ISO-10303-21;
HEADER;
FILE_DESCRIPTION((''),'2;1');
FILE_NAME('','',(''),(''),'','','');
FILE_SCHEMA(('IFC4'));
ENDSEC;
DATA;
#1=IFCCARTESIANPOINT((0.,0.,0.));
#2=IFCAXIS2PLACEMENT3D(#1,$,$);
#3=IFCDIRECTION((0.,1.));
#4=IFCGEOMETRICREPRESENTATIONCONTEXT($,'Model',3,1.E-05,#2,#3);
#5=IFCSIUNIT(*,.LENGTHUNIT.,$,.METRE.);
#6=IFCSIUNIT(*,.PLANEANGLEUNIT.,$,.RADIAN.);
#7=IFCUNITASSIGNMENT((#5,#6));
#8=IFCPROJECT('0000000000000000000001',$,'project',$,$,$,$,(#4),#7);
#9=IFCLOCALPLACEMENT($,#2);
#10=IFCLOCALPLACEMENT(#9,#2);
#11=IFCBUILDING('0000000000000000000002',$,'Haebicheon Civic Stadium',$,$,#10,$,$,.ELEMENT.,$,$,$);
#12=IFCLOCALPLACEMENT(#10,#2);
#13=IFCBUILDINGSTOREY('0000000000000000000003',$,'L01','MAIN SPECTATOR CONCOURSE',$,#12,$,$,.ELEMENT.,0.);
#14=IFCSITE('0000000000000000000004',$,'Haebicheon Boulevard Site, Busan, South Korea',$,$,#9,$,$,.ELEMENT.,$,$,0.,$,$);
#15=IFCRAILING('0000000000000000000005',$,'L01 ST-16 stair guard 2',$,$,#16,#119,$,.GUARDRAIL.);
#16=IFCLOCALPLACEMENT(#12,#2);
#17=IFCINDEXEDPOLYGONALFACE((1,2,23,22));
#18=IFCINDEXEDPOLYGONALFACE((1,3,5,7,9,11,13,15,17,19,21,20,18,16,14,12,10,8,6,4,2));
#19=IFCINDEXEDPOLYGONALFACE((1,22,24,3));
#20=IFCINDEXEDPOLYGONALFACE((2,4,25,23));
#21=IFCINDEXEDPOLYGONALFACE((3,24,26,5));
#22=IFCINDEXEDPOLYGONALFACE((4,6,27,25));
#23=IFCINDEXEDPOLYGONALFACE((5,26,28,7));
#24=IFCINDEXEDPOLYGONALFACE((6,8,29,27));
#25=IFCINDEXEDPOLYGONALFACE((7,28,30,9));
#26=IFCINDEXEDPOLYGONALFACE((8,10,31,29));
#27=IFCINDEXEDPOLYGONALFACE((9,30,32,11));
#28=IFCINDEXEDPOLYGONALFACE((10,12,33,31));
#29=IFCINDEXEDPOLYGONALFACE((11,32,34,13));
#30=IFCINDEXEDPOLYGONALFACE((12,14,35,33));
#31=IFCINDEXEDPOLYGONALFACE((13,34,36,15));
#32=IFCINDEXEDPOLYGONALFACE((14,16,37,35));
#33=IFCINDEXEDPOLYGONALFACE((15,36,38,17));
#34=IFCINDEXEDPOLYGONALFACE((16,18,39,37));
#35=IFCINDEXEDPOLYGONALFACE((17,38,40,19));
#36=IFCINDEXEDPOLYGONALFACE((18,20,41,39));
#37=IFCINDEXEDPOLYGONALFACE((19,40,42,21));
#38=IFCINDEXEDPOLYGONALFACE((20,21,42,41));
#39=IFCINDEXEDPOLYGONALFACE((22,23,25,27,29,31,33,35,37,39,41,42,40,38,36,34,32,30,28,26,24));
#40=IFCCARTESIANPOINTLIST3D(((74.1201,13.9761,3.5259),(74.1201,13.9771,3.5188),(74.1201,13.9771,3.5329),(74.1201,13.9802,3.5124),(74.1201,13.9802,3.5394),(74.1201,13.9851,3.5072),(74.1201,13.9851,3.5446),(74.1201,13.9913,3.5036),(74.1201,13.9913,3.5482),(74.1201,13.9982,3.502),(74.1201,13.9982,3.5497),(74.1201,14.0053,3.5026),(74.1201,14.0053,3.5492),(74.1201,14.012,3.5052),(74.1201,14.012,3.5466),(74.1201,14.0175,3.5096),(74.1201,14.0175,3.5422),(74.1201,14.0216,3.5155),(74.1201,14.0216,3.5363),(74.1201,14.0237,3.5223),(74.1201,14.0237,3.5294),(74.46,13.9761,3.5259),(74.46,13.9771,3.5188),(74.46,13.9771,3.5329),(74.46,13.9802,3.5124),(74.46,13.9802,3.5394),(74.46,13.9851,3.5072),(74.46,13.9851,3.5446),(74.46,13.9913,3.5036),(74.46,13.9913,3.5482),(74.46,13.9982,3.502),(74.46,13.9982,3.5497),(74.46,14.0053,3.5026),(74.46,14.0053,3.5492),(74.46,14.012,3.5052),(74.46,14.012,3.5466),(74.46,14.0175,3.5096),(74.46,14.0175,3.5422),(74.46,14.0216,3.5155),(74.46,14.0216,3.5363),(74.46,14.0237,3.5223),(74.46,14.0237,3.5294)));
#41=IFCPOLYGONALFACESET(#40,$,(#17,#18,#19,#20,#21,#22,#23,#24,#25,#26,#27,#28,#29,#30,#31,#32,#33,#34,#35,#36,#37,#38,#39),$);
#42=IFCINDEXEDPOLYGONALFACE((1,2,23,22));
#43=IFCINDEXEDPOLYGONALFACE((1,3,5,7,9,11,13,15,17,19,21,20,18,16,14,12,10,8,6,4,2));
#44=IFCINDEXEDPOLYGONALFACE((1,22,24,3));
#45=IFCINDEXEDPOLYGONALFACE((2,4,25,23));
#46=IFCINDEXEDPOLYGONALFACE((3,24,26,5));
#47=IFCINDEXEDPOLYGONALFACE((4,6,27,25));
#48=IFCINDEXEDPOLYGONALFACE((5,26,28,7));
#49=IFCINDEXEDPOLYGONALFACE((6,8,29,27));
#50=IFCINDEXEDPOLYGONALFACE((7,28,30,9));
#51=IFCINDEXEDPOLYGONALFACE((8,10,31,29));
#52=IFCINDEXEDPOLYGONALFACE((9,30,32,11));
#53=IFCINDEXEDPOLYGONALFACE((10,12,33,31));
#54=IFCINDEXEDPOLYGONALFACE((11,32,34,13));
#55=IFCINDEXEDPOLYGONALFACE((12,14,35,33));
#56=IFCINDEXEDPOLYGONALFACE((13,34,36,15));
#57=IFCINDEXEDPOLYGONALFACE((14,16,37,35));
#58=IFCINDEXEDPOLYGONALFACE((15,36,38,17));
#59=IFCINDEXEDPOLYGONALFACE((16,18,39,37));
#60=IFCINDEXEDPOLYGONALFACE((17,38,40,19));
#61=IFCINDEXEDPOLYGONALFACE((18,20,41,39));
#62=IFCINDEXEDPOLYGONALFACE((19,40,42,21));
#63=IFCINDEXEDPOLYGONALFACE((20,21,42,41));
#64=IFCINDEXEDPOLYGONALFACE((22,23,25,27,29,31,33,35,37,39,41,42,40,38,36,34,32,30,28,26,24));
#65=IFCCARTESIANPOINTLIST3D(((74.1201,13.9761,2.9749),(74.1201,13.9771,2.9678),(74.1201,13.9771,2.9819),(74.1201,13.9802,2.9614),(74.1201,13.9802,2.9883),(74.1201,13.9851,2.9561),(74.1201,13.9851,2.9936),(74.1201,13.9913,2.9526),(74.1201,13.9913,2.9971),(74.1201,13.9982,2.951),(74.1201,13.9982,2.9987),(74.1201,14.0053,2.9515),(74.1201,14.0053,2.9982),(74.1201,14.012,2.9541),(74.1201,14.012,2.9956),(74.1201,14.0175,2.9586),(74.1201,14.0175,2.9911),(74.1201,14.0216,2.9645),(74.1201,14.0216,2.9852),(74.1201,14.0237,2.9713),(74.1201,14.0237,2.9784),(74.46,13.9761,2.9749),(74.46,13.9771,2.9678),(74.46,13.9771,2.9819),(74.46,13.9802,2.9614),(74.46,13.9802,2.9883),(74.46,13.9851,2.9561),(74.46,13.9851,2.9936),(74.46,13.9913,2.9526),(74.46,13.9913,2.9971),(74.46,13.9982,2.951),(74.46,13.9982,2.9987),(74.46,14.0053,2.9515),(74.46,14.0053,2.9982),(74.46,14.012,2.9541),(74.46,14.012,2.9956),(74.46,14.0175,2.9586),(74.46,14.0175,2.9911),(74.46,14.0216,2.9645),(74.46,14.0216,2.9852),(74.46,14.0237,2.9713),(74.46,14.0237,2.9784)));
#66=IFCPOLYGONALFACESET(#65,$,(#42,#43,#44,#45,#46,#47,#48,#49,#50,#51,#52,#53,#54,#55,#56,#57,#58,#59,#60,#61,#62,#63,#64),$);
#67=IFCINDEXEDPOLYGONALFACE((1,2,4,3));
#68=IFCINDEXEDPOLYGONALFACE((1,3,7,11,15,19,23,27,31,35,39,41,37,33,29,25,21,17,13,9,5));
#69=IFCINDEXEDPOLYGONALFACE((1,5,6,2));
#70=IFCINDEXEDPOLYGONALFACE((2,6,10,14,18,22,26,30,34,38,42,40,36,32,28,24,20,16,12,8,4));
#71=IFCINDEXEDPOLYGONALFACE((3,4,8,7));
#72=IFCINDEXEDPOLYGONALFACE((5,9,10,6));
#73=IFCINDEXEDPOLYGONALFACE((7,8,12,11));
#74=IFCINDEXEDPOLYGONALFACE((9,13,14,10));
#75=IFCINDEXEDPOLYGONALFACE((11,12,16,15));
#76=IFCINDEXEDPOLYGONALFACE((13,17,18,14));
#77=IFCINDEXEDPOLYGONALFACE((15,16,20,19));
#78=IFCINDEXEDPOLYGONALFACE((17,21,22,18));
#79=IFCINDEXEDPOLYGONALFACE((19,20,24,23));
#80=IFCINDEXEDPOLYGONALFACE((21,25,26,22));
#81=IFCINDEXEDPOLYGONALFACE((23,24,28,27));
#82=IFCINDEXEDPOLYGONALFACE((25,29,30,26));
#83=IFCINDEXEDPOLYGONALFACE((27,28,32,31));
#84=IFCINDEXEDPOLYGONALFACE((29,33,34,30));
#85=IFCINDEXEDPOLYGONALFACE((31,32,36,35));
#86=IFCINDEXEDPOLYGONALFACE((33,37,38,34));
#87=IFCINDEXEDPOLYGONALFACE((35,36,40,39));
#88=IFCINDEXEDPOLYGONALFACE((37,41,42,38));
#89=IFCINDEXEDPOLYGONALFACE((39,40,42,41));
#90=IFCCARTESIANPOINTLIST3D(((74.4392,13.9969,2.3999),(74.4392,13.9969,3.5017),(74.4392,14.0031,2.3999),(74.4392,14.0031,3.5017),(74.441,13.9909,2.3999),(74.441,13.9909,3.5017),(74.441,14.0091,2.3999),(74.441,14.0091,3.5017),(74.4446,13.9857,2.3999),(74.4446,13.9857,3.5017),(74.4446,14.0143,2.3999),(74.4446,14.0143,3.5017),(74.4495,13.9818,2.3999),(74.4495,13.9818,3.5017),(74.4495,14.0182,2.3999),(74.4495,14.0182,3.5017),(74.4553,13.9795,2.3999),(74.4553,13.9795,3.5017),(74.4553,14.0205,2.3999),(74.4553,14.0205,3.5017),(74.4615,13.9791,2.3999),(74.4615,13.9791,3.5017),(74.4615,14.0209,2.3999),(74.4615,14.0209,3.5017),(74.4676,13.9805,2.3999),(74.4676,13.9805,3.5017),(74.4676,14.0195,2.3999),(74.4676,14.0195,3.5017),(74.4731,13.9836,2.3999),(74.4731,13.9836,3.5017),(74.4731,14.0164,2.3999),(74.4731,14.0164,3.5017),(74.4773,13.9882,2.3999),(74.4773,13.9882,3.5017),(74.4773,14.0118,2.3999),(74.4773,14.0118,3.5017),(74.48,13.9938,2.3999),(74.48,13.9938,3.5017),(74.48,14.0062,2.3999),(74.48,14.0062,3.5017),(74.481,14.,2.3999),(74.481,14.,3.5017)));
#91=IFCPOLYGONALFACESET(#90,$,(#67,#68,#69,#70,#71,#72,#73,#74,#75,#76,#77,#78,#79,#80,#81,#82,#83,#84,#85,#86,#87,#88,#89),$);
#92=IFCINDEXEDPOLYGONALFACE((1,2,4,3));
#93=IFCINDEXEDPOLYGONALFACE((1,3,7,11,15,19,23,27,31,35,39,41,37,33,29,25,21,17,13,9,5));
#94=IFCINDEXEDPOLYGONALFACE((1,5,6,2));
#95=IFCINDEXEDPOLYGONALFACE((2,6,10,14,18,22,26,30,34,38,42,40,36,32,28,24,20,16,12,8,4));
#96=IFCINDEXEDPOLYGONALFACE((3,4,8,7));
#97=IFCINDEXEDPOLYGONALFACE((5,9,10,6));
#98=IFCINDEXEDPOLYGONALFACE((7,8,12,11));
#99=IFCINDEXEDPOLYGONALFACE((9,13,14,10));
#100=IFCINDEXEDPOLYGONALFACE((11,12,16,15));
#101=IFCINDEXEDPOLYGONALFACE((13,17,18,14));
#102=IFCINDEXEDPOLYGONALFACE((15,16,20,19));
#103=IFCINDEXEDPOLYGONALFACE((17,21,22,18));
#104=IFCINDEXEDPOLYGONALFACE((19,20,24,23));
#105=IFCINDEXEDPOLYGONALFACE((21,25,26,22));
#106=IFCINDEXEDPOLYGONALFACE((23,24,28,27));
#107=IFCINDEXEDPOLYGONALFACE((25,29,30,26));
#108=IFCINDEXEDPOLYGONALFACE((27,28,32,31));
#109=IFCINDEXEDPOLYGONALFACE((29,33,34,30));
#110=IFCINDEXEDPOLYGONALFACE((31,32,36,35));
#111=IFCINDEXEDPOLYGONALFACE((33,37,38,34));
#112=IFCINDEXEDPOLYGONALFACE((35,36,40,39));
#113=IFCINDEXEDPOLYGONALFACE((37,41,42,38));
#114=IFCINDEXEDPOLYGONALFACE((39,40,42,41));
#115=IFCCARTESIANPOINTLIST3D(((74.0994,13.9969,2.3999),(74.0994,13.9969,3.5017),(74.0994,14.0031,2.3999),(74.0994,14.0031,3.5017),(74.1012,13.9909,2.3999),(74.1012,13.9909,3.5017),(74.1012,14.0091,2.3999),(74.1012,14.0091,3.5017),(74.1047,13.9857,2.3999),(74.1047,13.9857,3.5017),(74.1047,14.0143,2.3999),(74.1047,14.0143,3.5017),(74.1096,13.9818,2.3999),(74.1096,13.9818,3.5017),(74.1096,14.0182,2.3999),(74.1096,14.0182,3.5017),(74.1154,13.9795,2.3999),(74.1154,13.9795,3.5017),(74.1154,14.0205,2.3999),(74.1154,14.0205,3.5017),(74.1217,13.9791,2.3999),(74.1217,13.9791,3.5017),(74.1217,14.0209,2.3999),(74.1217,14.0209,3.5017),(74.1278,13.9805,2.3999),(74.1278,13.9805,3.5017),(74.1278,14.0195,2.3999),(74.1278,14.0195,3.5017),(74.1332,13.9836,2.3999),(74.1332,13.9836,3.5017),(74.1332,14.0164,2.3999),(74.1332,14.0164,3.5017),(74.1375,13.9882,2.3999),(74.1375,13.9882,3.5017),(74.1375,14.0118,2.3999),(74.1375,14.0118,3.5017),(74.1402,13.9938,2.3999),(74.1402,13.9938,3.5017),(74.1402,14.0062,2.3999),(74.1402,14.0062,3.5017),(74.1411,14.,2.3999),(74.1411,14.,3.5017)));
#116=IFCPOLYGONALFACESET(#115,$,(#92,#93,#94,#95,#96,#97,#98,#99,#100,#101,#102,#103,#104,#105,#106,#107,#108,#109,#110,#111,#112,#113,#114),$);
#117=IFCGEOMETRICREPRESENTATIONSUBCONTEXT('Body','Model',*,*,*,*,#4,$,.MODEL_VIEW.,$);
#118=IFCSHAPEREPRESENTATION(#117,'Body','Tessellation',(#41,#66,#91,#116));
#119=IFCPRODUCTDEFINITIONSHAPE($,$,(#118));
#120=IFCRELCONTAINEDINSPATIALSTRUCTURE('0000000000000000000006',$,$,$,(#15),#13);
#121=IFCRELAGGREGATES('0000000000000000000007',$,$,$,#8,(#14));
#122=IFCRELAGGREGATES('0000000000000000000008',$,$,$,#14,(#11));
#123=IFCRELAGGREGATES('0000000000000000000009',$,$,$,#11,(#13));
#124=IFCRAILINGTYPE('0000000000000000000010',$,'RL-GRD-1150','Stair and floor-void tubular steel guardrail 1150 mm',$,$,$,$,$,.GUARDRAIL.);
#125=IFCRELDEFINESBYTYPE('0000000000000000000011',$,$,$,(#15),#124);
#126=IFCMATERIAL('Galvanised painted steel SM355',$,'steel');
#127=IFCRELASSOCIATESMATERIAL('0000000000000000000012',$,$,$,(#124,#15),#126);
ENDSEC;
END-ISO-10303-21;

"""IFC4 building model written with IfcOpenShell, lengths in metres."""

from ifc_helpers import new_model, si_unit, direction, frame, origin, origin_2d, place, context, subcontext, project, spatial, circle, extrude, material, type_object, element, save


model = new_model("IFC4")

# Units and contexts
model_context = context("Model", 3, precision=1e-05, world=origin(), true_north=direction((0.0, 1.0)))
body_context = subcontext(model_context, "Body", "Model", "MODEL_VIEW")
ifc_project = project(units=[si_unit("LENGTHUNIT", "METRE"), si_unit("PLANEANGLEUNIT", "RADIAN")], contexts=[model_context])

# Site, building, storey
site_placement = place(None, origin())
site = spatial("IfcSite", under=ifc_project, at=site_placement, Name="Haebicheon Boulevard Site, Busan, South Korea", CompositionType="ELEMENT", RefElevation=0.0)
building_placement = place(site_placement, origin())
building = spatial("IfcBuilding", under=site, at=building_placement, Name="Haebicheon Civic Stadium", CompositionType="ELEMENT")
storey_placement = place(building_placement, origin())
storey = spatial("IfcBuildingStorey", under=building, at=storey_placement, Name="L01", Description="MAIN SPECTATOR CONCOURSE", CompositionType="ELEMENT", Elevation=0.0)

# Railing
ifc_material_1 = material(Name="Galvanised painted steel SM355", Category="steel")
railing_type_1 = type_object("IfcRailingType", Name="RL-GRD-1150", Description="Stair and floor-void tubular steel guardrail 1150 mm", PredefinedType="GUARDRAIL", material=ifc_material_1)
railing_1_placement = place(storey_placement, frame((74.46, 14.0, 2.3999)))
element("IfcRailing", 1, at=railing_1_placement, inside=storey, type_object=railing_type_1, material=ifc_material_1, Name="L01 ST-16 stair guard 2", PredefinedType="GUARDRAIL", context=body_context, shape_type="SweptSolid", body=[
    extrude(circle(Radius=0.0239, at=origin_2d()), frame((0.0, 0.0, 1.126), z_axis=(-1.0, 0.0, 0.0), x_axis=(0.0, -1.0, 0.0)), (0.0, 0.0, 1.0), 0.3398),
    extrude(circle(Radius=0.0239, at=origin_2d()), frame((0.0, 0.0, 0.575), z_axis=(-1.0, 0.0, 0.0), x_axis=(0.0, -1.0, 0.0)), (0.0, 0.0, 1.0), 0.3398),
    extrude(circle(Radius=0.021, at=origin_2d()), origin(), (0.0, 0.0, 1.0), 1.1018),
    extrude(circle(Radius=0.021, at=origin_2d()), frame((-0.3398, 0.0, 0.0)), (0.0, 0.0, 1.0), 1.1018),
])

save(model, "model.ifc")
